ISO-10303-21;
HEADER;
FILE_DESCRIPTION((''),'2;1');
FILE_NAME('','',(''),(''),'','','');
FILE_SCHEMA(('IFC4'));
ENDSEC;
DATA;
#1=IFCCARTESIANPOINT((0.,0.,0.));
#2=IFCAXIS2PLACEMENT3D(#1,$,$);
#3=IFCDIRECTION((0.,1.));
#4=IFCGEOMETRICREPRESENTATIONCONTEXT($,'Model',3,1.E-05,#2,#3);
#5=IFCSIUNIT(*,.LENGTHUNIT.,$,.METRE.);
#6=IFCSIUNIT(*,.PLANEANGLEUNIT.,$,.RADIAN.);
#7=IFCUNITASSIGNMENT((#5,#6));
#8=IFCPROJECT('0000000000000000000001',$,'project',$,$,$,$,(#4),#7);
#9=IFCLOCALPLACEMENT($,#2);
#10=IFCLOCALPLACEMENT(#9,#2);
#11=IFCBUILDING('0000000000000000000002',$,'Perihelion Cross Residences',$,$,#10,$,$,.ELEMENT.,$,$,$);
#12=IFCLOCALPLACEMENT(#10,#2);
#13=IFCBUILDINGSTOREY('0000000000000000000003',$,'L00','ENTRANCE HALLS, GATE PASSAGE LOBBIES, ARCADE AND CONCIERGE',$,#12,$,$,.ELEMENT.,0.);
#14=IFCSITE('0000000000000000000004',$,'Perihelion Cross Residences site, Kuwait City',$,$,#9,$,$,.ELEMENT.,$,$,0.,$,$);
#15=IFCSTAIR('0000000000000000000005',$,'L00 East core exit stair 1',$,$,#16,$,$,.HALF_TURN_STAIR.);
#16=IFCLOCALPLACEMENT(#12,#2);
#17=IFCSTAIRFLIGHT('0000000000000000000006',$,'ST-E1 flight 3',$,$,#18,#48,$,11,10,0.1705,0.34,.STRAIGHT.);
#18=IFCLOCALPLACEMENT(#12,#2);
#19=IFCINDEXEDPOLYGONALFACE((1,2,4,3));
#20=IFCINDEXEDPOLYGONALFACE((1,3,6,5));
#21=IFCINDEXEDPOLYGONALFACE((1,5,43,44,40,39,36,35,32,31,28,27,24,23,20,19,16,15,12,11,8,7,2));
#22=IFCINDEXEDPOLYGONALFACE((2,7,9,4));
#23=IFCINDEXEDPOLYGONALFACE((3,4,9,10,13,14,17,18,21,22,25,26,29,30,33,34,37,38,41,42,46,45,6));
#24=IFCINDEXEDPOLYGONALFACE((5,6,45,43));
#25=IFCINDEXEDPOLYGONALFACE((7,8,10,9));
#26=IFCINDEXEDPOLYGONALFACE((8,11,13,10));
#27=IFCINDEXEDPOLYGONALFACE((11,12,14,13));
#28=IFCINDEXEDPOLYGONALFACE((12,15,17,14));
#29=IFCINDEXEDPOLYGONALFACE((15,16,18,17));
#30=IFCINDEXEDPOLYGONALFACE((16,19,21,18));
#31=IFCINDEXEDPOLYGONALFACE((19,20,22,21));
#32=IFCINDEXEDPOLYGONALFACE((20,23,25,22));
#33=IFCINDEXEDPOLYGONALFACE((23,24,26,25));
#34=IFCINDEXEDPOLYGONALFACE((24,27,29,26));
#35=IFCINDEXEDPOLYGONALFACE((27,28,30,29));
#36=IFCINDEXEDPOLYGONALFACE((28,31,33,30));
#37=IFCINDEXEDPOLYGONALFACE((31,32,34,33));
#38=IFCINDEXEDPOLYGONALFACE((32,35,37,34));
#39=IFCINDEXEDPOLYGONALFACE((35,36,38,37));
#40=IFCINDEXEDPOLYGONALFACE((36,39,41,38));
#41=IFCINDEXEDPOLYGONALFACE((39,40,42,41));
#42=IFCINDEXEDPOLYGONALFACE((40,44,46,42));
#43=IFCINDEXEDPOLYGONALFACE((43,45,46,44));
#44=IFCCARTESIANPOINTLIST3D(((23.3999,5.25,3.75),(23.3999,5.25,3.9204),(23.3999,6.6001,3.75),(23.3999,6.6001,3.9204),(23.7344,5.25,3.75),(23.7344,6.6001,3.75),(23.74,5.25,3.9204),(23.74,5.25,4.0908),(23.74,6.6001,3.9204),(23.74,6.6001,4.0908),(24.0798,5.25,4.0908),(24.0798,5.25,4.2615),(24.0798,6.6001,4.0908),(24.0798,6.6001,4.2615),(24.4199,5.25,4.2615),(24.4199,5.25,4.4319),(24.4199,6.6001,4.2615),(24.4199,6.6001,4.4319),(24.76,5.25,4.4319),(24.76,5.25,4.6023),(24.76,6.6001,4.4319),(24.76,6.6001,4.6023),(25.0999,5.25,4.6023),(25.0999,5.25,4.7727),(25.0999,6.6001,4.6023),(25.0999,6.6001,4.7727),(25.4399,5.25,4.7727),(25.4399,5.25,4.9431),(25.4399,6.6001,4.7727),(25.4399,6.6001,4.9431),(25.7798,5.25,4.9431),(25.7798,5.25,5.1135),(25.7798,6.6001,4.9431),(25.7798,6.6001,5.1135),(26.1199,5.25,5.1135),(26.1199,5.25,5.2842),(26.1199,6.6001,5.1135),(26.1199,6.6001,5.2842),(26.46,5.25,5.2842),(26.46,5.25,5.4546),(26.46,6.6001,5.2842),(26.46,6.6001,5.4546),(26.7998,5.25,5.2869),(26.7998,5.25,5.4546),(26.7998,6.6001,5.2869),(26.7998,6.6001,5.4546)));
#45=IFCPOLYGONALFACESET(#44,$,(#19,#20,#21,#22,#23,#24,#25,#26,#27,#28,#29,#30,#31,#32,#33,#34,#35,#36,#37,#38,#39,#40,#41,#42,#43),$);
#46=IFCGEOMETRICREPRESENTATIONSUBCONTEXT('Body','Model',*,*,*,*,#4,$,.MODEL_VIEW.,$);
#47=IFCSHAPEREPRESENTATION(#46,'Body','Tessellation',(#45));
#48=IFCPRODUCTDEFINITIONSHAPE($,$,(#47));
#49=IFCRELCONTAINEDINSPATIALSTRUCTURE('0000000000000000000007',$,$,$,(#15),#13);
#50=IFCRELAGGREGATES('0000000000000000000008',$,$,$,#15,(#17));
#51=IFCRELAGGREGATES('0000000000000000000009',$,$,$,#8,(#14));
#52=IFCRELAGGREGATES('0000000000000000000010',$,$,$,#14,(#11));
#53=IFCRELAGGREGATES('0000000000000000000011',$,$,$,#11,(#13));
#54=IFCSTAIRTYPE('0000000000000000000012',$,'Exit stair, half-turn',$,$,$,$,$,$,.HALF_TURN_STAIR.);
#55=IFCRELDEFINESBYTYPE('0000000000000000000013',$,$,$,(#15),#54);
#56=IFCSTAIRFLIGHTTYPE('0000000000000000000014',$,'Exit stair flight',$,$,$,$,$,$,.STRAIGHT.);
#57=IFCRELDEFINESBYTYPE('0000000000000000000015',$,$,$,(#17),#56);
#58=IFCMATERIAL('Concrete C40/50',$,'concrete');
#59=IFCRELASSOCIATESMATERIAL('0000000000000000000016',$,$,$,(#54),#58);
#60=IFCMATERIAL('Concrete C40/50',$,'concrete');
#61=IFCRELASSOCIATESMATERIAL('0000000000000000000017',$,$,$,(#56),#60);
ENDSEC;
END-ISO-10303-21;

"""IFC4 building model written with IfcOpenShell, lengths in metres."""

from ifc_helpers import new_model, si_unit, direction, frame, origin, place, context, subcontext, project, spatial, polyline, outline, extrude, material, type_object, element, aggregate, save


model = new_model("IFC4")

# Units and contexts
model_context = context("Model", 3, precision=1e-05, world=origin(), true_north=direction((0.0, 1.0)))
body_context = subcontext(model_context, "Body", "Model", "MODEL_VIEW")
ifc_project = project(units=[si_unit("LENGTHUNIT", "METRE"), si_unit("PLANEANGLEUNIT", "RADIAN")], contexts=[model_context])

# Site, building, storey
site_placement = place(None, origin())
site = spatial("IfcSite", under=ifc_project, at=site_placement, Name="Perihelion Cross Residences site, Kuwait City", CompositionType="ELEMENT", RefElevation=0.0)
building_placement = place(site_placement, origin())
building = spatial("IfcBuilding", under=site, at=building_placement, Name="Perihelion Cross Residences", CompositionType="ELEMENT")
storey_placement = place(building_placement, origin())
storey = spatial("IfcBuildingStorey", under=building, at=storey_placement, Name="L00", Description="ENTRANCE HALLS, GATE PASSAGE LOBBIES, ARCADE AND CONCIERGE", CompositionType="ELEMENT", Elevation=0.0)

# Stair, stair flight
ifc_material_1 = material(Name="Concrete C40/50", Category="concrete")
stair_type = type_object("IfcStairType", Name="Exit stair, half-turn", PredefinedType="HALF_TURN_STAIR", material=ifc_material_1)
stair_placement = place(storey_placement, origin())
stair = element("IfcStair", 1, at=stair_placement, inside=storey, type_object=stair_type, Name="L00 East core exit stair 1", PredefinedType="HALF_TURN_STAIR")
ifc_material_2 = material(Name="Concrete C40/50", Category="concrete")
stair_flight_type = type_object("IfcStairFlightType", Name="Exit stair flight", PredefinedType="STRAIGHT", material=ifc_material_2)
stair_flight_1_placement = place(storey_placement, frame((23.3999, 5.925, 3.75), z_axis=(0.0, 0.0, 1.0), x_axis=(1.0, 0.0, 0.0)))
stair_flight_1 = element("IfcStairFlight", 2, at=stair_flight_1_placement, type_object=stair_flight_type, Name="ST-E1 flight 3", NumberOfRisers=11, NumberOfTreads=10, PredefinedType="STRAIGHT", RiserHeight=0.1705, TreadLength=0.34, context=body_context, shape_type="SweptSolid", body=[
    extrude(outline(polyline([(0.0, 0.0), (0.0, 0.1704), (0.3401, 0.1704), (0.3401, 0.3408), (0.6799, 0.3408), (0.6799, 0.5115), (1.02, 0.5115), (1.02, 0.6819), (1.3601, 0.6819), (1.3601, 0.8523), (1.7, 0.8523), (1.7, 1.0227), (2.04, 1.0227), (2.04, 1.1931), (2.3799, 1.1931), (2.3799, 1.3635), (2.72, 1.3635), (2.72, 1.5342), (3.0601, 1.5342), (3.0601, 1.7046), (3.3999, 1.7046), (3.3999, 1.875), (3.3999, 1.5369), (0.3345, 0.0), (0.0, 0.0)])), frame((0.0, 0.675, 0.0), z_axis=(0.0, -1.0, 0.0), x_axis=(1.0, 0.0, 0.0)), (0.0, 0.0, 1.0), 1.3501),
])
aggregate(stair, [stair_flight_1])

save(model, "model.ifc")
